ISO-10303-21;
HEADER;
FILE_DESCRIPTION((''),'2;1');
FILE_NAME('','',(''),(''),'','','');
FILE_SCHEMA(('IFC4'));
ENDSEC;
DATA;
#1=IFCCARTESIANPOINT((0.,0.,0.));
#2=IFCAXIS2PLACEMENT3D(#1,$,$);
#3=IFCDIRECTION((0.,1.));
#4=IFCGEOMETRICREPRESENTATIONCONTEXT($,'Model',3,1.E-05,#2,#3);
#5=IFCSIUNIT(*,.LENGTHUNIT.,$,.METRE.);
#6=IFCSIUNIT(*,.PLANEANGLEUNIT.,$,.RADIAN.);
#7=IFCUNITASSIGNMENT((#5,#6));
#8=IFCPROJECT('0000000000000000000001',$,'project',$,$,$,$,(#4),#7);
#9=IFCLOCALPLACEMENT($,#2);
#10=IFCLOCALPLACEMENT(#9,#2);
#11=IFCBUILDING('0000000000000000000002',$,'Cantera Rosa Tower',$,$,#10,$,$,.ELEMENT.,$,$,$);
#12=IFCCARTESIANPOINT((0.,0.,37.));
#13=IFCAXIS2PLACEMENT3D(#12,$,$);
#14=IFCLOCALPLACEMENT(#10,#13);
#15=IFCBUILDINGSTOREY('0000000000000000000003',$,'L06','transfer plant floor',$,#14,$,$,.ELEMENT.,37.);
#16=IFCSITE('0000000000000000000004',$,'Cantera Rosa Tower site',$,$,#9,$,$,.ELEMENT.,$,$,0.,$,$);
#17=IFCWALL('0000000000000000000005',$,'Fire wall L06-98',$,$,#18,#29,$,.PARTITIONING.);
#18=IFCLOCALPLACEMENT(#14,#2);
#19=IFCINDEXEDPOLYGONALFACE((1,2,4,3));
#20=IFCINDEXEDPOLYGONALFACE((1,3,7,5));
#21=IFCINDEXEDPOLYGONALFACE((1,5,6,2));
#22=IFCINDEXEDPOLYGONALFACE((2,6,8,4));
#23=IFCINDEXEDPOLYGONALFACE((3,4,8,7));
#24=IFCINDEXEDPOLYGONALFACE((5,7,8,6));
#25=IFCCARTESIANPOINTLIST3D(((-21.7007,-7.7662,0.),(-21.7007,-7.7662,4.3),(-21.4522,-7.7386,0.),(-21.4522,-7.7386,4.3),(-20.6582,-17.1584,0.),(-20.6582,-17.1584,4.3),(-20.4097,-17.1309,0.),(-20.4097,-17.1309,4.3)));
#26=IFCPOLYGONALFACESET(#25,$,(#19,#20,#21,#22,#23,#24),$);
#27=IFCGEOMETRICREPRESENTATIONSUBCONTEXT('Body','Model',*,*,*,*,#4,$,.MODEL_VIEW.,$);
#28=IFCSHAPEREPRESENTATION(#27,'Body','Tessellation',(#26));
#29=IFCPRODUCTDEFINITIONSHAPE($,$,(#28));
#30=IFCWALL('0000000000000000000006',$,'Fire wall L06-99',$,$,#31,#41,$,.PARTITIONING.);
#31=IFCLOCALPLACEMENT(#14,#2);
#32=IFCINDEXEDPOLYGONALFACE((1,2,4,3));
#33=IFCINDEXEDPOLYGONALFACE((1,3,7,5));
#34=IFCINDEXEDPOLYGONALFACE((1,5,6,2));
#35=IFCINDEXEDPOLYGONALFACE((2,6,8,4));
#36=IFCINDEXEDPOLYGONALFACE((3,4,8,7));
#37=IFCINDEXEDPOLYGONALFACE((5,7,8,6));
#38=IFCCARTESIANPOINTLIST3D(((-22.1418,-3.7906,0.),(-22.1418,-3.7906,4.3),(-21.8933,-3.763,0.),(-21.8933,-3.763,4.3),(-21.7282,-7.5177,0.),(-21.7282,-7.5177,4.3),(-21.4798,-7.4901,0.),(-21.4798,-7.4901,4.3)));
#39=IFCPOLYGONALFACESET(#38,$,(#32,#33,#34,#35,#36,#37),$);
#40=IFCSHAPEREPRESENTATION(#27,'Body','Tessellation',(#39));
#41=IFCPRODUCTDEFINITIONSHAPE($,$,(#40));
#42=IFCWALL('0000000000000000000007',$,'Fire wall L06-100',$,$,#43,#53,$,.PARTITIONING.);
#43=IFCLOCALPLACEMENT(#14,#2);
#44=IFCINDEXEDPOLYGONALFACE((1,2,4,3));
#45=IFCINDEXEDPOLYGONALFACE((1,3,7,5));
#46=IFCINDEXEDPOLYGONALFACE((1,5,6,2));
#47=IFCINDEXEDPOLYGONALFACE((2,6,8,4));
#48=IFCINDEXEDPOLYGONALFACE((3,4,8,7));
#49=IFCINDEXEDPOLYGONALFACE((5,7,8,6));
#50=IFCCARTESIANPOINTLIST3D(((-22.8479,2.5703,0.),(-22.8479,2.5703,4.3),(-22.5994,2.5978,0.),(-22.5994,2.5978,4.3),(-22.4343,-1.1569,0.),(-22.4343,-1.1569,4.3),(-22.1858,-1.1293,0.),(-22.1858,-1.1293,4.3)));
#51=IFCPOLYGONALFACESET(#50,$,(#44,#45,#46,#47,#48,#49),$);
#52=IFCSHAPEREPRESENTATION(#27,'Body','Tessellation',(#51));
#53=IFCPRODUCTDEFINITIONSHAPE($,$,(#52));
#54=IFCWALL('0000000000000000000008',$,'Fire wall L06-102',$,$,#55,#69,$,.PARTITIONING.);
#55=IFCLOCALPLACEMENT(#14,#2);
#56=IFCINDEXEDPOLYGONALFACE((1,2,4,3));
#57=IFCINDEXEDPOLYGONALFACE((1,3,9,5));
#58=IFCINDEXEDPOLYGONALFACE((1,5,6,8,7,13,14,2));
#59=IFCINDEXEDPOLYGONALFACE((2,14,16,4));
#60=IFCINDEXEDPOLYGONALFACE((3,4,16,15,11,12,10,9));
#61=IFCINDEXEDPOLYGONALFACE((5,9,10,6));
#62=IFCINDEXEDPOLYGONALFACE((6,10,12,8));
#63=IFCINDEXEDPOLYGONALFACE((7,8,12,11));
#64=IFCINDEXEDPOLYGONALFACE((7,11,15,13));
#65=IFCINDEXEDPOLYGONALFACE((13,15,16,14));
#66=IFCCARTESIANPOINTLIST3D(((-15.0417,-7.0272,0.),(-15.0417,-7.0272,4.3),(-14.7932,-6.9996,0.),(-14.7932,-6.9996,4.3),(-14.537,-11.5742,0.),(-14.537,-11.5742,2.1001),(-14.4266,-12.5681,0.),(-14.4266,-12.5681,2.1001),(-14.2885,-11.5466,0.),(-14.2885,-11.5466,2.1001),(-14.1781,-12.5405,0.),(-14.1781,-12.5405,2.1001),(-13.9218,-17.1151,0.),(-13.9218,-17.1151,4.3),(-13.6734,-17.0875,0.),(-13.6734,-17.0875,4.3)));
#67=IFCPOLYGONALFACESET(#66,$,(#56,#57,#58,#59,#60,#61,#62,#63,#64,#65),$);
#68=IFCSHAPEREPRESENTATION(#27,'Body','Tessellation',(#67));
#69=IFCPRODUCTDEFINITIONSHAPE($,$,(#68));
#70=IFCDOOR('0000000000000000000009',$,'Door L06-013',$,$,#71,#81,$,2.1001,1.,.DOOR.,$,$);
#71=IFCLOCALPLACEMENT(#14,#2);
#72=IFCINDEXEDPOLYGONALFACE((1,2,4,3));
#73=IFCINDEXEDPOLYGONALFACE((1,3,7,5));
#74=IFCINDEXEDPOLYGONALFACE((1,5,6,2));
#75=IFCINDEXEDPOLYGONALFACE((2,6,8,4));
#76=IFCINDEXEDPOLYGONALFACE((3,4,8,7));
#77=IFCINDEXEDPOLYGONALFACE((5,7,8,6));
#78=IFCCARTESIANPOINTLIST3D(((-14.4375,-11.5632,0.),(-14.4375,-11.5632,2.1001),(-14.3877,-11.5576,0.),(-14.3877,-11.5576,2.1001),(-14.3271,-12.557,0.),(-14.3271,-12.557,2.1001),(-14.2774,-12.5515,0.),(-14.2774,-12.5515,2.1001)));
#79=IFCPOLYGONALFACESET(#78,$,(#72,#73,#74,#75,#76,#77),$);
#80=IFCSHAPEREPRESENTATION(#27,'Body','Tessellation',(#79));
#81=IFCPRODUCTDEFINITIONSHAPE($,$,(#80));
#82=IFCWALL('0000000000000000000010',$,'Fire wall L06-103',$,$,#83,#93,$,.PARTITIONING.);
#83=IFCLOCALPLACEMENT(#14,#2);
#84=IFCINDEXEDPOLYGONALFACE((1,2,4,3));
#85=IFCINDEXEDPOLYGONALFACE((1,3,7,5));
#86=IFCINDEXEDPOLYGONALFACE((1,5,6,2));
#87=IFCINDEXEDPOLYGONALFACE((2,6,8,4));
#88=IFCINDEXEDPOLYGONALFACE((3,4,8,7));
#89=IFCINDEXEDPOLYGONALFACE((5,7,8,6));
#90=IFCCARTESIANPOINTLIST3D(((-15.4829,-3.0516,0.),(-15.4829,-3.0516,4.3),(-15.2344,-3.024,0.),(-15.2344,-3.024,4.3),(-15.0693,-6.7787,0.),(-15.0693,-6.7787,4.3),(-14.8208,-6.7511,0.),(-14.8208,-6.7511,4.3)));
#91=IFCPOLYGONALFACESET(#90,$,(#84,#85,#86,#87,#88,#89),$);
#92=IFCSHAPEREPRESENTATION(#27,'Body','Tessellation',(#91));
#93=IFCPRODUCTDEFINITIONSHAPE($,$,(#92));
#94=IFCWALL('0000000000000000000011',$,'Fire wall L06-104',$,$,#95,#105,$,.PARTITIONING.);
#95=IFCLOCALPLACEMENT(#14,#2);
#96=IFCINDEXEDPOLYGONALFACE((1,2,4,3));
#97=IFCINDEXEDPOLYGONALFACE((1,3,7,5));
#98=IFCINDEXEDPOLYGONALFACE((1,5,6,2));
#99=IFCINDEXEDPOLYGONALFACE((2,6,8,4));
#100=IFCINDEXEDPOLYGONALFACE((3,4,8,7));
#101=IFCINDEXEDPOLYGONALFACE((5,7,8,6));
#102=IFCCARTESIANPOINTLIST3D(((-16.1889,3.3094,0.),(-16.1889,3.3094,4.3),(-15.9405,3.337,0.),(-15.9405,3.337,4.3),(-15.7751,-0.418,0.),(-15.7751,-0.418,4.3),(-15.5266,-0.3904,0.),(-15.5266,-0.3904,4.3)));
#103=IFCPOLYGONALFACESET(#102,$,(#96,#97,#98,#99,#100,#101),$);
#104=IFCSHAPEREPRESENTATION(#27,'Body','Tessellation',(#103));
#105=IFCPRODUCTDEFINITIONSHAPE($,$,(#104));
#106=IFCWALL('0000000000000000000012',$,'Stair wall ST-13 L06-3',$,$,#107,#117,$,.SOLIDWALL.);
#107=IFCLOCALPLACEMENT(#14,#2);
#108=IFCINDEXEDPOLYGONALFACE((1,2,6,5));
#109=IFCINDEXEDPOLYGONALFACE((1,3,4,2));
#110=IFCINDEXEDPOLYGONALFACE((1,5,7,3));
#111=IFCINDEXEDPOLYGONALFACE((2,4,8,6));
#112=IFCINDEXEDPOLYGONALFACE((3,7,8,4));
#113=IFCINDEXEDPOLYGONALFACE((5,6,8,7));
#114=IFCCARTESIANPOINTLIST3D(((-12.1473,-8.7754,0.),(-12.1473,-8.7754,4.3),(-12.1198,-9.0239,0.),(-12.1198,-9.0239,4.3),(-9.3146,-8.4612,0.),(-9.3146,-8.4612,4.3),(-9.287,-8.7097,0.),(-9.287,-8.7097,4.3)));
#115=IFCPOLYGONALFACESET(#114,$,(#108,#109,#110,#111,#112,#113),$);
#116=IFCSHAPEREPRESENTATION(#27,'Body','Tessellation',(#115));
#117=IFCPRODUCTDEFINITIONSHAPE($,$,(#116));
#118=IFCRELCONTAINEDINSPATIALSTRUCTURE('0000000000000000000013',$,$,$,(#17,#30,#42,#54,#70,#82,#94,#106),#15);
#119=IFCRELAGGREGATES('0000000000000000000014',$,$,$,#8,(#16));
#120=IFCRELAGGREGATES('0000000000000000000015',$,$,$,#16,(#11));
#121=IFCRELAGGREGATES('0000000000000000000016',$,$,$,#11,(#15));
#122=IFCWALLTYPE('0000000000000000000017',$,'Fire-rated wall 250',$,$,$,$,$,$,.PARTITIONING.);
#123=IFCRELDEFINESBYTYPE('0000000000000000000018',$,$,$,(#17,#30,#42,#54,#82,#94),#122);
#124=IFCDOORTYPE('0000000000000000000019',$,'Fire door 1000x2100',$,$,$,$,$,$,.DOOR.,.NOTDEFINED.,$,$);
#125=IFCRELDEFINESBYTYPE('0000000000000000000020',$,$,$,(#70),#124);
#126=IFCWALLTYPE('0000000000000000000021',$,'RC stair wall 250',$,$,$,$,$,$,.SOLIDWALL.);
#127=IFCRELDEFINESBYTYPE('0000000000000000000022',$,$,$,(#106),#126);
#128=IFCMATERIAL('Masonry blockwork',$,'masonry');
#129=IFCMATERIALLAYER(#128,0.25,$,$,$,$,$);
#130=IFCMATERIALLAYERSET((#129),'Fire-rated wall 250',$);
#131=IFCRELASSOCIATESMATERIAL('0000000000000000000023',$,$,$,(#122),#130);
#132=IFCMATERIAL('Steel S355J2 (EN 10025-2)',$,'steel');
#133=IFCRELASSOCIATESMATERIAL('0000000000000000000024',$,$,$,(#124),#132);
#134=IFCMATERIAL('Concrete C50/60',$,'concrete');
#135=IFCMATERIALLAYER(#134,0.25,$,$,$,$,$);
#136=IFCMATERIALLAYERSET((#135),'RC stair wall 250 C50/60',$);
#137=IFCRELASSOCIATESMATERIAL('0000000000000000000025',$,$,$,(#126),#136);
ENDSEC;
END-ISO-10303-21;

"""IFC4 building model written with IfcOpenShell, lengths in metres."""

from ifc_helpers import new_model, si_unit, direction, frame, frame_2d, origin, place, context, subcontext, project, spatial, rectangle, extrude, material, layer, layer_set, type_object, element, fill, save


model = new_model("IFC4")

# Units and contexts
model_context = context("Model", 3, precision=1e-05, world=origin(), true_north=direction((0.0, 1.0)))
body_context = subcontext(model_context, "Body", "Model", "MODEL_VIEW")
ifc_project = project(units=[si_unit("LENGTHUNIT", "METRE"), si_unit("PLANEANGLEUNIT", "RADIAN")], contexts=[model_context])

# Site, building, storey
site_placement = place(None, origin())
site = spatial("IfcSite", under=ifc_project, at=site_placement, Name="Cantera Rosa Tower site", CompositionType="ELEMENT", RefElevation=0.0)
building_placement = place(site_placement, origin())
building = spatial("IfcBuilding", under=site, at=building_placement, Name="Cantera Rosa Tower", CompositionType="ELEMENT")
storey_placement = place(building_placement, frame((0.0, 0.0, 37.0)))
storey = spatial("IfcBuildingStorey", under=building, at=storey_placement, Name="L06", Description="transfer plant floor", CompositionType="ELEMENT", Elevation=37.0)

# Shared definitions
ifc_material_1 = material(Name="Masonry blockwork", Category="masonry")
ifc_layer_1 = layer(ifc_material_1, 0.25)
ifc_layer_set_1 = layer_set([ifc_layer_1], Name="Fire-rated wall 250")
wall_type_1 = type_object("IfcWallType", Name="Fire-rated wall 250", PredefinedType="PARTITIONING", material=ifc_layer_set_1)

# Shared definitions
ifc_material_2 = material(Name="Steel S355J2 (EN 10025-2)", Category="steel")
door_type = type_object("IfcDoorType", Name="Fire door 1000x2100", OperationType="NOTDEFINED", PredefinedType="DOOR", material=ifc_material_2)

# Walls
wall_1_placement = place(storey_placement, frame((-20.5339, -17.1448, 0.0), z_axis=(0.0, 0.0, 1.0), x_axis=(-0.110315, 0.993897, 0.0)))
element("IfcWall", 1, at=wall_1_placement, inside=storey, type_object=wall_type_1, Name="Fire wall L06-98", PredefinedType="PARTITIONING", context=body_context, shape_type="SweptSolid", body=[
    extrude(rectangle(XDim=9.45, YDim=0.25, at=frame_2d((4.7251, 0.0))), origin(), (0.0, 0.0, 1.0), 4.3),
])
for number, where, z_axis, x_axis, name in (
    (2, (-21.604, -7.5039, 0.0), (0.0, 0.0, 1.0), (-0.110289, 0.9939, 0.0), "Fire wall L06-99"),
    (3, (-22.3101, -1.1431, 0.0), (0.0, 0.0, 1.0), (-0.110289, 0.9939, 0.0), "Fire wall L06-100"),
):
    element("IfcWall", number, at=place(storey_placement, frame(where, z_axis=z_axis, x_axis=x_axis)), inside=storey, type_object=wall_type_1, Name=name, PredefinedType="PARTITIONING", context=body_context, shape_type="SweptSolid", body=[
        extrude(rectangle(XDim=3.75, YDim=0.25, at=frame_2d((1.875, 0.0))), origin(), (0.0, 0.0, 1.0), 4.3),
    ])

# Wall, opening, door
wall_2_placement = place(storey_placement, frame((-13.7976, -17.1013, 0.0), z_axis=(0.0, 0.0, 1.0), x_axis=(-0.110334, 0.993895, 0.0)))
wall_2 = element("IfcWall", 4, at=wall_2_placement, inside=storey, type_object=wall_type_1, Name="Fire wall L06-102", PredefinedType="PARTITIONING", context=body_context, shape_type="SweptSolid", body=[
    extrude(rectangle(XDim=10.1499, YDim=0.25, at=frame_2d((5.075, 0.0))), origin(), (0.0, 0.0, 1.0), 4.3),
])
opening_1_placement = place(wall_2_placement, frame((4.575, 0.0, 0.0)))
opening_1 = element("IfcOpeningElement", 5, at=opening_1_placement, cuts=wall_2, PredefinedType="OPENING", context=body_context, shape_type="SweptSolid", body=[
    extrude(rectangle(XDim=1.0, YDim=2.1001, at=frame_2d((0.5, 1.05))), frame((0.0, 0.135, 0.0), z_axis=(0.0, -1.0, 0.0), x_axis=(1.0, 0.0, 0.0)), (0.0, 0.0, 1.0), 0.27),
])
door_1_placement = place(opening_1_placement, origin())
door_1 = element("IfcDoor", 6, at=door_1_placement, inside=storey, type_object=door_type, Name="Door L06-013", OverallHeight=2.1001, OverallWidth=1.0, PredefinedType="DOOR", context=body_context, shape_type="SweptSolid", body=[
    extrude(rectangle(XDim=1.0, YDim=2.1001, at=frame_2d((0.5, 1.05))), frame((0.0, 0.0249, 0.0), z_axis=(0.0, -1.0, 0.0), x_axis=(1.0, 0.0, 0.0)), (0.0, 0.0, 1.0), 0.05),
])
fill(opening_1, door_1)

# Walls
wall_3_placement = place(storey_placement, frame((-14.9451, -6.7649, 0.0), z_axis=(0.0, 0.0, 1.0), x_axis=(-0.110289, 0.9939, 0.0)))
element("IfcWall", 7, at=wall_3_placement, inside=storey, type_object=wall_type_1, Name="Fire wall L06-103", PredefinedType="PARTITIONING", context=body_context, shape_type="SweptSolid", body=[
    extrude(rectangle(XDim=3.75, YDim=0.25, at=frame_2d((1.875, 0.0))), origin(), (0.0, 0.0, 1.0), 4.3),
])
wall_4_placement = place(storey_placement, frame((-15.6509, -0.4041, 0.0), z_axis=(0.0, 0.0, 1.0), x_axis=(-0.110346, 0.993893, 0.0)))
element("IfcWall", 8, at=wall_4_placement, inside=storey, type_object=wall_type_1, Name="Fire wall L06-104", PredefinedType="PARTITIONING", context=body_context, shape_type="SweptSolid", body=[
    extrude(rectangle(XDim=3.7502, YDim=0.25, at=frame_2d((1.875, 0.0))), origin(), (0.0, 0.0, 1.0), 4.3),
])
ifc_material_3 = material(Name="Concrete C50/60", Category="concrete")
ifc_layer_2 = layer(ifc_material_3, 0.25)
ifc_layer_set_2 = layer_set([ifc_layer_2], Name="RC stair wall 250 C50/60")
wall_type_2 = type_object("IfcWallType", Name="RC stair wall 250", PredefinedType="SOLIDWALL", material=ifc_layer_set_2)
wall_5_placement = place(storey_placement, frame((-12.1335, -8.8997, 0.0), z_axis=(0.0, 0.0, 1.0), x_axis=(0.993905, 0.110243, 0.0)))
element("IfcWall", 9, at=wall_5_placement, inside=storey, type_object=wall_type_2, Name="Stair wall ST-13 L06-3", PredefinedType="SOLIDWALL", context=body_context, shape_type="SweptSolid", body=[
    extrude(rectangle(XDim=2.8501, YDim=0.25, at=frame_2d((1.425, 0.0))), origin(), (0.0, 0.0, 1.0), 4.3),
])

save(model, "model.ifc")
